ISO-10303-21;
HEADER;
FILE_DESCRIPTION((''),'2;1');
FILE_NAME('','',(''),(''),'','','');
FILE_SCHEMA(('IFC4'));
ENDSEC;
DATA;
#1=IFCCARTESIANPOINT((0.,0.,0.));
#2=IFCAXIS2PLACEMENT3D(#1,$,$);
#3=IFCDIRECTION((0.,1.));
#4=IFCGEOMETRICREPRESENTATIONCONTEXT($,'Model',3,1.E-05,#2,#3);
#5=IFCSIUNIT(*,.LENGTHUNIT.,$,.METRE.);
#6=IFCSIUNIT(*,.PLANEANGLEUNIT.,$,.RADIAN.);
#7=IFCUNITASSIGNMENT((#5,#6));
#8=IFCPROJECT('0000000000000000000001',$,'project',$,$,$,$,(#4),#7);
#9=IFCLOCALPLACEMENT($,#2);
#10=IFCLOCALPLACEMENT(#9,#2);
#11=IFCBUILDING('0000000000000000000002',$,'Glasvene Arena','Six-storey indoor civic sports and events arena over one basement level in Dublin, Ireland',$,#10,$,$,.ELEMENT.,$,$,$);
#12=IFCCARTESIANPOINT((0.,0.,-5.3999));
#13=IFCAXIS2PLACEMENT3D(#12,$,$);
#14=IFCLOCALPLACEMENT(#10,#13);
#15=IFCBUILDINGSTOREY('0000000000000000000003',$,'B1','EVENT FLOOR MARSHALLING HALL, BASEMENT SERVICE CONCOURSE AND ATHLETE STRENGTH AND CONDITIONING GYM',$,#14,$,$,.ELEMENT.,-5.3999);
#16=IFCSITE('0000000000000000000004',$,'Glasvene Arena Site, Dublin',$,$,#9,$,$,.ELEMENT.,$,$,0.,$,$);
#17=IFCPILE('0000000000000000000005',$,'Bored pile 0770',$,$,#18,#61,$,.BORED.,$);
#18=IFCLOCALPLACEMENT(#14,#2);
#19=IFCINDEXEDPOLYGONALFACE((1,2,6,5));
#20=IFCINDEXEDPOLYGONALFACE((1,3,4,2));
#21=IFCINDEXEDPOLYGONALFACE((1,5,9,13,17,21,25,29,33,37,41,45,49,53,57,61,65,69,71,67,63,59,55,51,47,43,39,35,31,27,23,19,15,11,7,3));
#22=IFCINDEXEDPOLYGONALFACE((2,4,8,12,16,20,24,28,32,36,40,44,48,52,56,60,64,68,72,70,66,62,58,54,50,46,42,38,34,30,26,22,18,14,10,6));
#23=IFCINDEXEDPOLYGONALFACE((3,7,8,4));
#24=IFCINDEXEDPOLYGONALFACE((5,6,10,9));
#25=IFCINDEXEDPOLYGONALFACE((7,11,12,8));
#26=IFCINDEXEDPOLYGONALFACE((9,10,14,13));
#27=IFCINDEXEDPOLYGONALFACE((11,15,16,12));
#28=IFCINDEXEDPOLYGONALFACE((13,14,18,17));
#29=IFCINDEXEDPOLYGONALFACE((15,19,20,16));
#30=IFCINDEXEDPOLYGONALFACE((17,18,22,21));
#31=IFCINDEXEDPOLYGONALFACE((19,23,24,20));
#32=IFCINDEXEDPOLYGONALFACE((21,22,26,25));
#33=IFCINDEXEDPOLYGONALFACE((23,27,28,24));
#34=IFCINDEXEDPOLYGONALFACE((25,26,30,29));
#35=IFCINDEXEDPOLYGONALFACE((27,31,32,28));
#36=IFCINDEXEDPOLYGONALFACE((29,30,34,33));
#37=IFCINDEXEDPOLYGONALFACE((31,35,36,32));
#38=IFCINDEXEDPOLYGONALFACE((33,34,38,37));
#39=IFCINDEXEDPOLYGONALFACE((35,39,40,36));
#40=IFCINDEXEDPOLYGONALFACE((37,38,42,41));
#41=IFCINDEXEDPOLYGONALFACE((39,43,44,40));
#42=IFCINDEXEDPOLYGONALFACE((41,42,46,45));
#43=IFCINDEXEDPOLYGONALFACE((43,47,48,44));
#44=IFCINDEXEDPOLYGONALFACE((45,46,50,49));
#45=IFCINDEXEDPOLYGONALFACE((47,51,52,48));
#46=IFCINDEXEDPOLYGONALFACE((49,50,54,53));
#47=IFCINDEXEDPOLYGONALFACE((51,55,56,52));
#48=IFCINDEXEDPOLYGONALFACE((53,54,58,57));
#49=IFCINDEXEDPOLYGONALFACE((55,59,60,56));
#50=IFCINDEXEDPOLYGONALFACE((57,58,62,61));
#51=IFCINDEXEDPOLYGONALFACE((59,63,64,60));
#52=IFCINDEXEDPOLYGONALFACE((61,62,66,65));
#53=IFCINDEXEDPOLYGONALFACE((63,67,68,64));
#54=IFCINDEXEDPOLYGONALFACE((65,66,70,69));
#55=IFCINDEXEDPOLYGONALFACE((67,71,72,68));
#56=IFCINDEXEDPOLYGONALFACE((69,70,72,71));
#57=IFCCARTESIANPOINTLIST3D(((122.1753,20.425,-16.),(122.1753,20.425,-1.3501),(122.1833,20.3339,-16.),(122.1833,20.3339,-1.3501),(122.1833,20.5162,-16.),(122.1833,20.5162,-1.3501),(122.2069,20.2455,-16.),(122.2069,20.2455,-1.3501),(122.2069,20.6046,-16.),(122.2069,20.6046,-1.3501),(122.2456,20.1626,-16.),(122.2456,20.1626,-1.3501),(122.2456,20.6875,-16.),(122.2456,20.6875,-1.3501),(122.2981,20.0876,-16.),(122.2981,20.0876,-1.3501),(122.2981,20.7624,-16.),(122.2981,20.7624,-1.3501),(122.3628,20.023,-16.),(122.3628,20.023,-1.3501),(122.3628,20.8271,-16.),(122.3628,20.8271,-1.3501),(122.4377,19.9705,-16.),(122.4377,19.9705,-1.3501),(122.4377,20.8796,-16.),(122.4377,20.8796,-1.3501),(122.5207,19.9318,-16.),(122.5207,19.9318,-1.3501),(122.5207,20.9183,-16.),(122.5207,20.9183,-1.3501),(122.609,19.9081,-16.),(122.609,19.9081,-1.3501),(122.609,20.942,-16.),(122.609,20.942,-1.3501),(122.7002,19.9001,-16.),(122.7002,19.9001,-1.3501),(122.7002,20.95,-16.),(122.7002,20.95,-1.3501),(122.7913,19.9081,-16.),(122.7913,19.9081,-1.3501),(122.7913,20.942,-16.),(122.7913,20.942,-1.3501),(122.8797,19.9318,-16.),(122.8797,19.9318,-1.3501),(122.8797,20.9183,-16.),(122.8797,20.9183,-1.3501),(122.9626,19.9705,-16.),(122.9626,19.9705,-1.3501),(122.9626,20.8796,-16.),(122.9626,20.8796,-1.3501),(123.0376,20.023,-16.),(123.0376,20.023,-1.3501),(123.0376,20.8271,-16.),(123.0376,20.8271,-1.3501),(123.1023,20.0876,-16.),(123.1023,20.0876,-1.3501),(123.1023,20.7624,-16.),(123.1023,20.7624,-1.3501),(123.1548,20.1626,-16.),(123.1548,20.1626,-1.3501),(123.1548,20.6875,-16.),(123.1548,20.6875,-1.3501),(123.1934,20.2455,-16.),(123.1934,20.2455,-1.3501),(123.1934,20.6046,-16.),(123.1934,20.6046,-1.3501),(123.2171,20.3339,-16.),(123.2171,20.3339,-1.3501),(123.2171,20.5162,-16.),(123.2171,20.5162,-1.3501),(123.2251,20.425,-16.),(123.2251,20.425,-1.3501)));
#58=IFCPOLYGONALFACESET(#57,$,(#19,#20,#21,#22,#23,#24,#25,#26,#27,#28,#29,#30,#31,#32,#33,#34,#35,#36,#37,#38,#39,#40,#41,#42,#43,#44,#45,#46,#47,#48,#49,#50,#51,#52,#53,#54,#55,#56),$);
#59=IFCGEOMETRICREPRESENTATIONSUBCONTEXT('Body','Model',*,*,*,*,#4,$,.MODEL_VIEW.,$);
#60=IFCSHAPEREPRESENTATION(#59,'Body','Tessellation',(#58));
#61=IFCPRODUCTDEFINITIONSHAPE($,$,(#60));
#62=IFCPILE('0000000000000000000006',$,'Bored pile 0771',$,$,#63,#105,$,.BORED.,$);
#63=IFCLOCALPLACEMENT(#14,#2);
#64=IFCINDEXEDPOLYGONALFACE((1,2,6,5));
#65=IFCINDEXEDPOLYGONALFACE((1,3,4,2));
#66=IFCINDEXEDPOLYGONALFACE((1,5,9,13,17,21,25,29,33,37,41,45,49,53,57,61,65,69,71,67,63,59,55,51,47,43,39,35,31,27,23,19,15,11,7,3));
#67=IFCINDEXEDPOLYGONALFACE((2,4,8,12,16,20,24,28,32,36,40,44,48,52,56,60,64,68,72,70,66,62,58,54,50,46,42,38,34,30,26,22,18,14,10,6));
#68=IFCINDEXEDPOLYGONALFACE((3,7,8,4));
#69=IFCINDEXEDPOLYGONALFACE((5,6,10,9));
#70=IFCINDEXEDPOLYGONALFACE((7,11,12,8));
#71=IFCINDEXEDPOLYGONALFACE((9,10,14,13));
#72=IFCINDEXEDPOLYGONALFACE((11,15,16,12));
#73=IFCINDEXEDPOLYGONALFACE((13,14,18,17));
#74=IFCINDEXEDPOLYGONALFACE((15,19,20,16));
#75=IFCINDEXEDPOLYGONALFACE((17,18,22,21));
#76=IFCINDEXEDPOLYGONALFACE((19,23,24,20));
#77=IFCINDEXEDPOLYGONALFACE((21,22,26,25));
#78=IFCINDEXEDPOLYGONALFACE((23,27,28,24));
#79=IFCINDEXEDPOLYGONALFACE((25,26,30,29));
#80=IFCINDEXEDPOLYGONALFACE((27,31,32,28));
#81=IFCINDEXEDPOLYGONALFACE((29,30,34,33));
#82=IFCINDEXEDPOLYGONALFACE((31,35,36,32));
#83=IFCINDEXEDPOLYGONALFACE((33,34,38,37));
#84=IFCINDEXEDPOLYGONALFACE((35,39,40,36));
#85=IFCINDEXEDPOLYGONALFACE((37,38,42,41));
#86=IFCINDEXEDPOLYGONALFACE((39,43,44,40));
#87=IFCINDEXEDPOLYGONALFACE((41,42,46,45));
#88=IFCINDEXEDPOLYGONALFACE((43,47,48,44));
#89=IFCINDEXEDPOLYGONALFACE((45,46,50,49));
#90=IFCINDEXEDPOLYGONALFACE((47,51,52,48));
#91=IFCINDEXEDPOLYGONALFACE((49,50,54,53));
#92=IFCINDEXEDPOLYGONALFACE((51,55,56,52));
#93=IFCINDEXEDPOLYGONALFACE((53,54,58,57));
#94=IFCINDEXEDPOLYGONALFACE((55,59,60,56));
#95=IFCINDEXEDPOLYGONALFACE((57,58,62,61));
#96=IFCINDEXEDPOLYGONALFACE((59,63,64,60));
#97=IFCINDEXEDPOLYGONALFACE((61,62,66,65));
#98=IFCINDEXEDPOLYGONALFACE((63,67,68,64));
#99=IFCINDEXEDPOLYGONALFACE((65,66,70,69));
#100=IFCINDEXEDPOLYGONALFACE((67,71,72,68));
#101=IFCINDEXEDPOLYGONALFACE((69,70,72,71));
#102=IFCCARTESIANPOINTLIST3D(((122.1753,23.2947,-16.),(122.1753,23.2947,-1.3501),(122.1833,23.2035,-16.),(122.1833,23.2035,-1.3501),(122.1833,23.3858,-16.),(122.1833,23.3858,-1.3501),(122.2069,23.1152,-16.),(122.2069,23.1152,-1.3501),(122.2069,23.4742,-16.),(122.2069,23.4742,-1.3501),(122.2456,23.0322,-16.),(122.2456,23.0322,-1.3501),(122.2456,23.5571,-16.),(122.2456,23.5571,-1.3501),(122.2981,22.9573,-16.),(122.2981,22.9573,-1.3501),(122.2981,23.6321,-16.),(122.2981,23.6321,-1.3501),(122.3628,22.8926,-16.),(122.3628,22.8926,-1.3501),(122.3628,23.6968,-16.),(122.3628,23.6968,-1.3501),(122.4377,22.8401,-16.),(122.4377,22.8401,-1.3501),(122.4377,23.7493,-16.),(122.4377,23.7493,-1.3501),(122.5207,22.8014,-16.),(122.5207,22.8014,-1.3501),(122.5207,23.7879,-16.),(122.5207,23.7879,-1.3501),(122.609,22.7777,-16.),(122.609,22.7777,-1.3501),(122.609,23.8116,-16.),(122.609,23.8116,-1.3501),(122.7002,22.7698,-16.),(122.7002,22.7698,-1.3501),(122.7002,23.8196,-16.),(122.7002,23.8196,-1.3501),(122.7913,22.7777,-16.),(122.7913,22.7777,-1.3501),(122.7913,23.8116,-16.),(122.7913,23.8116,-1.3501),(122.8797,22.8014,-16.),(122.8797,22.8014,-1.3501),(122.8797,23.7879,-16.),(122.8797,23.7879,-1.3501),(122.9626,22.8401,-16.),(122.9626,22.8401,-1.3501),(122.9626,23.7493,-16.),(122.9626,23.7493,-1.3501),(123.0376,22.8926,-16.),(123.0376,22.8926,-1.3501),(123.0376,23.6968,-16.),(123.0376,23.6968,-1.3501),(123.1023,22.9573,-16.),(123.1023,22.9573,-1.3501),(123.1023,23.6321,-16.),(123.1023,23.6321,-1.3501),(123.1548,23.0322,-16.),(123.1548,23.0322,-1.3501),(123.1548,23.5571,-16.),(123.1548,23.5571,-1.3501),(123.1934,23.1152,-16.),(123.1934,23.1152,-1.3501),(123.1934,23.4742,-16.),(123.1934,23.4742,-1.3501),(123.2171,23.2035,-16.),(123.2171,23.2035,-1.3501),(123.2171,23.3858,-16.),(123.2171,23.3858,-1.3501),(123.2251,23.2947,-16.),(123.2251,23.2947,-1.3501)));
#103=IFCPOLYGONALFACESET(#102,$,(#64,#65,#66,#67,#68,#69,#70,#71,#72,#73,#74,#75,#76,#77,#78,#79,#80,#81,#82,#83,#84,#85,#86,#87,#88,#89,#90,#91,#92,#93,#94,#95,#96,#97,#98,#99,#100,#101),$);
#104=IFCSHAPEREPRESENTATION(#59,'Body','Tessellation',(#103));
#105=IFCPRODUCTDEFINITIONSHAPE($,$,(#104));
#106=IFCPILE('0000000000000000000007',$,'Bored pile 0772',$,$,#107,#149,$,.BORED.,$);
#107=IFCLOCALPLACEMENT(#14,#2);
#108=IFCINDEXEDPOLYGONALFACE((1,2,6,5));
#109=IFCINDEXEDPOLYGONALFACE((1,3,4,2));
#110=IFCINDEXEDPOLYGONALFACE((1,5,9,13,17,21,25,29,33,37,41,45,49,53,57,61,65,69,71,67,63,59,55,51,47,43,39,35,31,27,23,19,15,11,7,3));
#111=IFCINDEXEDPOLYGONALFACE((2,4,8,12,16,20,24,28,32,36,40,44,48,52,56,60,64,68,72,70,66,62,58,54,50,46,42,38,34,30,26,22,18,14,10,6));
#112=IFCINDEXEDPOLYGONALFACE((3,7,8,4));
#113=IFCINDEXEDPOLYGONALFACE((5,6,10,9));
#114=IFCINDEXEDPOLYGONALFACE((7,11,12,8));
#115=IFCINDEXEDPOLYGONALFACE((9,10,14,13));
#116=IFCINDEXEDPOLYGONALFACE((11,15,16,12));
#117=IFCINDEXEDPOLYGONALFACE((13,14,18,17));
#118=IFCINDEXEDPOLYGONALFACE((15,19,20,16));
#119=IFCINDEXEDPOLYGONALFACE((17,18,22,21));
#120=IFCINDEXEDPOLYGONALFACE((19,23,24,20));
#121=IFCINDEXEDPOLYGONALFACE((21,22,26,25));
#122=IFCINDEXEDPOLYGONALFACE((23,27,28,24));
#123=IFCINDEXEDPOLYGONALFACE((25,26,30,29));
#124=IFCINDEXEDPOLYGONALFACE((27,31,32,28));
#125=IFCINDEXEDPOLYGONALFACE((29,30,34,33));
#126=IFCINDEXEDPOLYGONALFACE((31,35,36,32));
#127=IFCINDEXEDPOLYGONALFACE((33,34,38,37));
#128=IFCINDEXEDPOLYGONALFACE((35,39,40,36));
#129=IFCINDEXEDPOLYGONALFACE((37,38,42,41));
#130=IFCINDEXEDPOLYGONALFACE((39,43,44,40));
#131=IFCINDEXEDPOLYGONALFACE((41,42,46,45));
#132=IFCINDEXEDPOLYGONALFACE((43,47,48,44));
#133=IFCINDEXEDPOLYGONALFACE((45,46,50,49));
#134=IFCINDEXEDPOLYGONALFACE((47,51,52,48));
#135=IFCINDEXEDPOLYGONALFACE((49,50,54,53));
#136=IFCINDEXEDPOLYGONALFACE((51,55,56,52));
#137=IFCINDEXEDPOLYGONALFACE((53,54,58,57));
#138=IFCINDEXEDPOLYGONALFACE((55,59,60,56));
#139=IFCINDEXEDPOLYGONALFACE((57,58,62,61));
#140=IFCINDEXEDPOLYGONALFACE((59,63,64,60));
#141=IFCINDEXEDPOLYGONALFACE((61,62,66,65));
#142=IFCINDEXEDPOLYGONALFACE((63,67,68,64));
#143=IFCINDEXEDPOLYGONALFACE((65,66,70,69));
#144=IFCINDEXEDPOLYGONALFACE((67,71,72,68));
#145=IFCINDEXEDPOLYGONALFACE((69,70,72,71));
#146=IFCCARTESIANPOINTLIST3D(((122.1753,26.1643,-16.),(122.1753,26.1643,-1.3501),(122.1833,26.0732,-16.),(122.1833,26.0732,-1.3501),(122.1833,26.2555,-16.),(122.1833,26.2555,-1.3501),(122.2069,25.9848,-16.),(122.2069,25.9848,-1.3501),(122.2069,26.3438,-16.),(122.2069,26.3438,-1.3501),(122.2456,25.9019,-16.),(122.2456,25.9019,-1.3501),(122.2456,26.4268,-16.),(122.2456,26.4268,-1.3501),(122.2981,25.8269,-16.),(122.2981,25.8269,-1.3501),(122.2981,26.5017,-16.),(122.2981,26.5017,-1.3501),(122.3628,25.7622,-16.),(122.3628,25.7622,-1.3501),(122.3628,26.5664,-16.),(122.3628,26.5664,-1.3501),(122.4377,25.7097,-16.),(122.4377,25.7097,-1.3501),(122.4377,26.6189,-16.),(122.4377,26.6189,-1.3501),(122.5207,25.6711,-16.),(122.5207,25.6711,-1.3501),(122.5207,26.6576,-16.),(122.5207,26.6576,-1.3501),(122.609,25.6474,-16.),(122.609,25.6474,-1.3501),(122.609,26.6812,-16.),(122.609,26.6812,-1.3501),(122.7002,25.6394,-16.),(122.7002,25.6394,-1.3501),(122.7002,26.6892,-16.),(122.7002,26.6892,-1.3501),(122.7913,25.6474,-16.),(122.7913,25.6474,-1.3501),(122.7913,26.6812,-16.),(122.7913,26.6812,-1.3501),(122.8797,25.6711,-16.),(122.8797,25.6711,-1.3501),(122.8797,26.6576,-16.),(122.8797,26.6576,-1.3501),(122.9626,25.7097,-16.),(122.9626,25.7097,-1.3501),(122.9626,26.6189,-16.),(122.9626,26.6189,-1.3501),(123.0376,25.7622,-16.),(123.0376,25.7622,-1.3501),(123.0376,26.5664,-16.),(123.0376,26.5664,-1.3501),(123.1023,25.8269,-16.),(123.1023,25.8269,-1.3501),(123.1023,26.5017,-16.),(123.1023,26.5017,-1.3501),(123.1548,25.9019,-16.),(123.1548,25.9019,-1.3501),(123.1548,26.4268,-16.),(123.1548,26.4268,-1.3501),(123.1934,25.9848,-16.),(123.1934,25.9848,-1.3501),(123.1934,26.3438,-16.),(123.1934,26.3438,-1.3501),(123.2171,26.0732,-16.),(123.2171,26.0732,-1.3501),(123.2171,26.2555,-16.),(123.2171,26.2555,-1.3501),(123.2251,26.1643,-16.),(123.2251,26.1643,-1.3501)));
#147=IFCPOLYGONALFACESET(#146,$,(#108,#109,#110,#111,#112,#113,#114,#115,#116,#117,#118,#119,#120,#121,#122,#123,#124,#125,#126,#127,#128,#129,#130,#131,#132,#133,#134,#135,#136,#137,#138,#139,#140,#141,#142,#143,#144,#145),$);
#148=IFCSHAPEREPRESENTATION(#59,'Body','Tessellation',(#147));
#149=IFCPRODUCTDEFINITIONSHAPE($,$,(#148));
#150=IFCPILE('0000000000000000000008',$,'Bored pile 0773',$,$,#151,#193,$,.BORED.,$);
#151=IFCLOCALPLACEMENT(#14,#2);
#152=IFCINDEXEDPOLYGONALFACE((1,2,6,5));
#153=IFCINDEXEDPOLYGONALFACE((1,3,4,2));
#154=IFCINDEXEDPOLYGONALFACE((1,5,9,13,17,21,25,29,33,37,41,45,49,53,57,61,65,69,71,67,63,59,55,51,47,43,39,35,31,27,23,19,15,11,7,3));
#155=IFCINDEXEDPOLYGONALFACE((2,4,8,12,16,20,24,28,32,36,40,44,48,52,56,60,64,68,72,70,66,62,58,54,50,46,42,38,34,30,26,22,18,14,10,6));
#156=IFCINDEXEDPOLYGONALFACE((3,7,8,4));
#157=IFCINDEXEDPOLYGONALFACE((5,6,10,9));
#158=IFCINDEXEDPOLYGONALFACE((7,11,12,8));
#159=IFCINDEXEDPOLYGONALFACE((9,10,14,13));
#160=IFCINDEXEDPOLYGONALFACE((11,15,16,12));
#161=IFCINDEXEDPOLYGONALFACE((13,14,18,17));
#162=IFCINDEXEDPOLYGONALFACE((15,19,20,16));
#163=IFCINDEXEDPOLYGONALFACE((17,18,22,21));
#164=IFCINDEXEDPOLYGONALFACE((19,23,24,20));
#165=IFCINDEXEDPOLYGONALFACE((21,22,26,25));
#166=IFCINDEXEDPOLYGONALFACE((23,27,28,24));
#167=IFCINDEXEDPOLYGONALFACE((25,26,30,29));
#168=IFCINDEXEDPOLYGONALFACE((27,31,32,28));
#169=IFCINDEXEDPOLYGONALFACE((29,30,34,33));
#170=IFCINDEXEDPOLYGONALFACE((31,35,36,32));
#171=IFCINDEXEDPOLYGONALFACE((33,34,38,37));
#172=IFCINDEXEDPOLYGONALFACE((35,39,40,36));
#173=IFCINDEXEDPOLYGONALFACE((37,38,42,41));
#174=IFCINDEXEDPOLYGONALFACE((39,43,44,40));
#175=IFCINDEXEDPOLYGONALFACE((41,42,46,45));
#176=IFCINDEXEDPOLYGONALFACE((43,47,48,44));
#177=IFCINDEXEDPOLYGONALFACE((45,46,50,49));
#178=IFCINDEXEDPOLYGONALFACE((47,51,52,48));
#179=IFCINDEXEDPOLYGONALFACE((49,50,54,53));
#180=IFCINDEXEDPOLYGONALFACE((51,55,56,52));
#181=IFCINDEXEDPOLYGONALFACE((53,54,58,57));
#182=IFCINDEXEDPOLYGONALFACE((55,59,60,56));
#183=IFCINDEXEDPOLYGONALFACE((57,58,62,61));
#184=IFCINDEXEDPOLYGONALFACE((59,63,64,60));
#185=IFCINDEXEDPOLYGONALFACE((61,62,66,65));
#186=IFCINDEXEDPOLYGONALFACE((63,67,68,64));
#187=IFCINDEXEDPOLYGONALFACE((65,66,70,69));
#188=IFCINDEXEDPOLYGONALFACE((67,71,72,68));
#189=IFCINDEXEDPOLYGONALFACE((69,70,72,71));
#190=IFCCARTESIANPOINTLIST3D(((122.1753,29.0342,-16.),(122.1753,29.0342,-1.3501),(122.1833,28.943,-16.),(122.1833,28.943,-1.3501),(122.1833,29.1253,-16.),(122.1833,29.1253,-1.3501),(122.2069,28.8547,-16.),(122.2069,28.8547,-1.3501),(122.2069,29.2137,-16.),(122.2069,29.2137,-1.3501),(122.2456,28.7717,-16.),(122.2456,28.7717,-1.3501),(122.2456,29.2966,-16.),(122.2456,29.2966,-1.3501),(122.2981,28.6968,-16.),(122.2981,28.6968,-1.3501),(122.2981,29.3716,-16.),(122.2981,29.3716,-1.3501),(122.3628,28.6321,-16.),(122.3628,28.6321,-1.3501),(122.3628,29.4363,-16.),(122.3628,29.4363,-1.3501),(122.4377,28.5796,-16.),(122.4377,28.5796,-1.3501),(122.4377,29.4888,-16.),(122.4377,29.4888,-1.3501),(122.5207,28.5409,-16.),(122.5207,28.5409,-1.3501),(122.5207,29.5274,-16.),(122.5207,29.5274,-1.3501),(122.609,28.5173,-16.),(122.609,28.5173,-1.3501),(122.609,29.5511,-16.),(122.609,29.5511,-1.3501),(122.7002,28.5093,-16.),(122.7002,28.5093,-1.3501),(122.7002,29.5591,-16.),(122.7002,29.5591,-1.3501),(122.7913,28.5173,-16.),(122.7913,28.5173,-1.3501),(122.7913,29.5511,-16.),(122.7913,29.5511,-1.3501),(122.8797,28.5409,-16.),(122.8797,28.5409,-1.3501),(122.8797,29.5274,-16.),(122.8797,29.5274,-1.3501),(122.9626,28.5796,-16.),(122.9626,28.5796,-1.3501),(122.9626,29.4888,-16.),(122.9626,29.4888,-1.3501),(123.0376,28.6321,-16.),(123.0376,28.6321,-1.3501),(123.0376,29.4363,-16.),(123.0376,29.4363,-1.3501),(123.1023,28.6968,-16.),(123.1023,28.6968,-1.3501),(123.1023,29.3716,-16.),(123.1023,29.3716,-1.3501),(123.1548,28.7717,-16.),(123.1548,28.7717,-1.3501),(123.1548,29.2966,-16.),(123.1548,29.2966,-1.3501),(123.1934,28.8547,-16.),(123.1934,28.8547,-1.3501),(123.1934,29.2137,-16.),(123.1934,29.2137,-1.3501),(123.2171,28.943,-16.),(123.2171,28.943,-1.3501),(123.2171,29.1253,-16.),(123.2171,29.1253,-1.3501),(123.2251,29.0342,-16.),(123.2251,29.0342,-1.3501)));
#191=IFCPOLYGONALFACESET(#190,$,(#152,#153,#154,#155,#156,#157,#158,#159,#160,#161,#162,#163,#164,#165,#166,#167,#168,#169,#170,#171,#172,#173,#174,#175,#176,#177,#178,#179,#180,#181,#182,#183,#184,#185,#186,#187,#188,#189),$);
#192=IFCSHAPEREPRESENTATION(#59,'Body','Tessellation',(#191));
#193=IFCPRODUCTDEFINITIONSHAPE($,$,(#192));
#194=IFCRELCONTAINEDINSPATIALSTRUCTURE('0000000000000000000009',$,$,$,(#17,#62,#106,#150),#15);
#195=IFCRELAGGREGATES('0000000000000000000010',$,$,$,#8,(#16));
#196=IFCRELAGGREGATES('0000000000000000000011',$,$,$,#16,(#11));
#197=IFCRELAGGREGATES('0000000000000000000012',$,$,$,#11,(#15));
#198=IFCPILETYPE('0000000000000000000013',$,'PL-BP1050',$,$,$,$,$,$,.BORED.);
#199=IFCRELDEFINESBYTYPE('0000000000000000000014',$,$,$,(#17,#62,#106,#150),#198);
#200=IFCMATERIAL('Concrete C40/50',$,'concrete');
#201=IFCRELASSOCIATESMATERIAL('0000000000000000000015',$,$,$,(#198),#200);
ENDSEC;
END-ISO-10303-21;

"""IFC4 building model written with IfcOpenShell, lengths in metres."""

from ifc_helpers import new_model, si_unit, direction, frame, origin, origin_2d, place, context, subcontext, project, spatial, circle, extrude, material, material_profile, profile_set, type_object, element, save


model = new_model("IFC4")

# Units and contexts
model_context = context("Model", 3, precision=1e-05, world=origin(), true_north=direction((0.0, 1.0)))
body_context = subcontext(model_context, "Body", "Model", "MODEL_VIEW")
ifc_project = project(units=[si_unit("LENGTHUNIT", "METRE"), si_unit("PLANEANGLEUNIT", "RADIAN")], contexts=[model_context])

# Site, building, storey
site_placement = place(None, origin())
site = spatial("IfcSite", under=ifc_project, at=site_placement, Name="Glasvene Arena Site, Dublin", CompositionType="ELEMENT", RefElevation=0.0)
building_placement = place(site_placement, origin())
building = spatial("IfcBuilding", under=site, at=building_placement, Name="Glasvene Arena", Description="Six-storey indoor civic sports and events arena over one basement level in Dublin, Ireland", CompositionType="ELEMENT")
storey_placement = place(building_placement, frame((0.0, 0.0, -5.3999)))
storey = spatial("IfcBuildingStorey", under=building, at=storey_placement, Name="B1", Description="EVENT FLOOR MARSHALLING HALL, BASEMENT SERVICE CONCOURSE AND ATHLETE STRENGTH AND CONDITIONING GYM", CompositionType="ELEMENT", Elevation=-5.3999)

# Piles
ifc_material_1 = material(Name="Concrete C40/50", Category="concrete")
ifc_material_profile_1 = material_profile(ifc_material_1, circle(Radius=0.5249, at=origin_2d()), Name="BORED PILE 1050")
ifc_profile_set_1 = profile_set([ifc_material_profile_1], Name="Concrete C40/50")
pile_type = type_object("IfcPileType", Name="PL-BP1050", PredefinedType="BORED", material=ifc_profile_set_1)
for number, where, z_axis, x_axis, name in (
    (1, (122.7002, 20.425, -1.3501), (0.0, 0.0, -1.0), (1.0, 0.0, 0.0), "Bored pile 0770"),
    (2, (122.7002, 23.2947, -1.3501), (0.0, 0.0, -1.0), (1.0, 0.0, 0.0), "Bored pile 0771"),
    (3, (122.7002, 26.1643, -1.3501), (0.0, 0.0, -1.0), (1.0, 0.0, 0.0), "Bored pile 0772"),
    (4, (122.7002, 29.0342, -1.3501), (0.0, 0.0, -1.0), (1.0, 0.0, 0.0), "Bored pile 0773"),
):
    element("IfcPile", number, at=place(storey_placement, frame(where, z_axis=z_axis, x_axis=x_axis)), inside=storey, type_object=pile_type, Name=name, PredefinedType="BORED", context=body_context, shape_type="SweptSolid", body=[
        extrude(circle(Radius=0.5249, at=origin_2d()), origin(), (0.0, 0.0, 1.0), 14.6499),
    ])

save(model, "model.ifc")
